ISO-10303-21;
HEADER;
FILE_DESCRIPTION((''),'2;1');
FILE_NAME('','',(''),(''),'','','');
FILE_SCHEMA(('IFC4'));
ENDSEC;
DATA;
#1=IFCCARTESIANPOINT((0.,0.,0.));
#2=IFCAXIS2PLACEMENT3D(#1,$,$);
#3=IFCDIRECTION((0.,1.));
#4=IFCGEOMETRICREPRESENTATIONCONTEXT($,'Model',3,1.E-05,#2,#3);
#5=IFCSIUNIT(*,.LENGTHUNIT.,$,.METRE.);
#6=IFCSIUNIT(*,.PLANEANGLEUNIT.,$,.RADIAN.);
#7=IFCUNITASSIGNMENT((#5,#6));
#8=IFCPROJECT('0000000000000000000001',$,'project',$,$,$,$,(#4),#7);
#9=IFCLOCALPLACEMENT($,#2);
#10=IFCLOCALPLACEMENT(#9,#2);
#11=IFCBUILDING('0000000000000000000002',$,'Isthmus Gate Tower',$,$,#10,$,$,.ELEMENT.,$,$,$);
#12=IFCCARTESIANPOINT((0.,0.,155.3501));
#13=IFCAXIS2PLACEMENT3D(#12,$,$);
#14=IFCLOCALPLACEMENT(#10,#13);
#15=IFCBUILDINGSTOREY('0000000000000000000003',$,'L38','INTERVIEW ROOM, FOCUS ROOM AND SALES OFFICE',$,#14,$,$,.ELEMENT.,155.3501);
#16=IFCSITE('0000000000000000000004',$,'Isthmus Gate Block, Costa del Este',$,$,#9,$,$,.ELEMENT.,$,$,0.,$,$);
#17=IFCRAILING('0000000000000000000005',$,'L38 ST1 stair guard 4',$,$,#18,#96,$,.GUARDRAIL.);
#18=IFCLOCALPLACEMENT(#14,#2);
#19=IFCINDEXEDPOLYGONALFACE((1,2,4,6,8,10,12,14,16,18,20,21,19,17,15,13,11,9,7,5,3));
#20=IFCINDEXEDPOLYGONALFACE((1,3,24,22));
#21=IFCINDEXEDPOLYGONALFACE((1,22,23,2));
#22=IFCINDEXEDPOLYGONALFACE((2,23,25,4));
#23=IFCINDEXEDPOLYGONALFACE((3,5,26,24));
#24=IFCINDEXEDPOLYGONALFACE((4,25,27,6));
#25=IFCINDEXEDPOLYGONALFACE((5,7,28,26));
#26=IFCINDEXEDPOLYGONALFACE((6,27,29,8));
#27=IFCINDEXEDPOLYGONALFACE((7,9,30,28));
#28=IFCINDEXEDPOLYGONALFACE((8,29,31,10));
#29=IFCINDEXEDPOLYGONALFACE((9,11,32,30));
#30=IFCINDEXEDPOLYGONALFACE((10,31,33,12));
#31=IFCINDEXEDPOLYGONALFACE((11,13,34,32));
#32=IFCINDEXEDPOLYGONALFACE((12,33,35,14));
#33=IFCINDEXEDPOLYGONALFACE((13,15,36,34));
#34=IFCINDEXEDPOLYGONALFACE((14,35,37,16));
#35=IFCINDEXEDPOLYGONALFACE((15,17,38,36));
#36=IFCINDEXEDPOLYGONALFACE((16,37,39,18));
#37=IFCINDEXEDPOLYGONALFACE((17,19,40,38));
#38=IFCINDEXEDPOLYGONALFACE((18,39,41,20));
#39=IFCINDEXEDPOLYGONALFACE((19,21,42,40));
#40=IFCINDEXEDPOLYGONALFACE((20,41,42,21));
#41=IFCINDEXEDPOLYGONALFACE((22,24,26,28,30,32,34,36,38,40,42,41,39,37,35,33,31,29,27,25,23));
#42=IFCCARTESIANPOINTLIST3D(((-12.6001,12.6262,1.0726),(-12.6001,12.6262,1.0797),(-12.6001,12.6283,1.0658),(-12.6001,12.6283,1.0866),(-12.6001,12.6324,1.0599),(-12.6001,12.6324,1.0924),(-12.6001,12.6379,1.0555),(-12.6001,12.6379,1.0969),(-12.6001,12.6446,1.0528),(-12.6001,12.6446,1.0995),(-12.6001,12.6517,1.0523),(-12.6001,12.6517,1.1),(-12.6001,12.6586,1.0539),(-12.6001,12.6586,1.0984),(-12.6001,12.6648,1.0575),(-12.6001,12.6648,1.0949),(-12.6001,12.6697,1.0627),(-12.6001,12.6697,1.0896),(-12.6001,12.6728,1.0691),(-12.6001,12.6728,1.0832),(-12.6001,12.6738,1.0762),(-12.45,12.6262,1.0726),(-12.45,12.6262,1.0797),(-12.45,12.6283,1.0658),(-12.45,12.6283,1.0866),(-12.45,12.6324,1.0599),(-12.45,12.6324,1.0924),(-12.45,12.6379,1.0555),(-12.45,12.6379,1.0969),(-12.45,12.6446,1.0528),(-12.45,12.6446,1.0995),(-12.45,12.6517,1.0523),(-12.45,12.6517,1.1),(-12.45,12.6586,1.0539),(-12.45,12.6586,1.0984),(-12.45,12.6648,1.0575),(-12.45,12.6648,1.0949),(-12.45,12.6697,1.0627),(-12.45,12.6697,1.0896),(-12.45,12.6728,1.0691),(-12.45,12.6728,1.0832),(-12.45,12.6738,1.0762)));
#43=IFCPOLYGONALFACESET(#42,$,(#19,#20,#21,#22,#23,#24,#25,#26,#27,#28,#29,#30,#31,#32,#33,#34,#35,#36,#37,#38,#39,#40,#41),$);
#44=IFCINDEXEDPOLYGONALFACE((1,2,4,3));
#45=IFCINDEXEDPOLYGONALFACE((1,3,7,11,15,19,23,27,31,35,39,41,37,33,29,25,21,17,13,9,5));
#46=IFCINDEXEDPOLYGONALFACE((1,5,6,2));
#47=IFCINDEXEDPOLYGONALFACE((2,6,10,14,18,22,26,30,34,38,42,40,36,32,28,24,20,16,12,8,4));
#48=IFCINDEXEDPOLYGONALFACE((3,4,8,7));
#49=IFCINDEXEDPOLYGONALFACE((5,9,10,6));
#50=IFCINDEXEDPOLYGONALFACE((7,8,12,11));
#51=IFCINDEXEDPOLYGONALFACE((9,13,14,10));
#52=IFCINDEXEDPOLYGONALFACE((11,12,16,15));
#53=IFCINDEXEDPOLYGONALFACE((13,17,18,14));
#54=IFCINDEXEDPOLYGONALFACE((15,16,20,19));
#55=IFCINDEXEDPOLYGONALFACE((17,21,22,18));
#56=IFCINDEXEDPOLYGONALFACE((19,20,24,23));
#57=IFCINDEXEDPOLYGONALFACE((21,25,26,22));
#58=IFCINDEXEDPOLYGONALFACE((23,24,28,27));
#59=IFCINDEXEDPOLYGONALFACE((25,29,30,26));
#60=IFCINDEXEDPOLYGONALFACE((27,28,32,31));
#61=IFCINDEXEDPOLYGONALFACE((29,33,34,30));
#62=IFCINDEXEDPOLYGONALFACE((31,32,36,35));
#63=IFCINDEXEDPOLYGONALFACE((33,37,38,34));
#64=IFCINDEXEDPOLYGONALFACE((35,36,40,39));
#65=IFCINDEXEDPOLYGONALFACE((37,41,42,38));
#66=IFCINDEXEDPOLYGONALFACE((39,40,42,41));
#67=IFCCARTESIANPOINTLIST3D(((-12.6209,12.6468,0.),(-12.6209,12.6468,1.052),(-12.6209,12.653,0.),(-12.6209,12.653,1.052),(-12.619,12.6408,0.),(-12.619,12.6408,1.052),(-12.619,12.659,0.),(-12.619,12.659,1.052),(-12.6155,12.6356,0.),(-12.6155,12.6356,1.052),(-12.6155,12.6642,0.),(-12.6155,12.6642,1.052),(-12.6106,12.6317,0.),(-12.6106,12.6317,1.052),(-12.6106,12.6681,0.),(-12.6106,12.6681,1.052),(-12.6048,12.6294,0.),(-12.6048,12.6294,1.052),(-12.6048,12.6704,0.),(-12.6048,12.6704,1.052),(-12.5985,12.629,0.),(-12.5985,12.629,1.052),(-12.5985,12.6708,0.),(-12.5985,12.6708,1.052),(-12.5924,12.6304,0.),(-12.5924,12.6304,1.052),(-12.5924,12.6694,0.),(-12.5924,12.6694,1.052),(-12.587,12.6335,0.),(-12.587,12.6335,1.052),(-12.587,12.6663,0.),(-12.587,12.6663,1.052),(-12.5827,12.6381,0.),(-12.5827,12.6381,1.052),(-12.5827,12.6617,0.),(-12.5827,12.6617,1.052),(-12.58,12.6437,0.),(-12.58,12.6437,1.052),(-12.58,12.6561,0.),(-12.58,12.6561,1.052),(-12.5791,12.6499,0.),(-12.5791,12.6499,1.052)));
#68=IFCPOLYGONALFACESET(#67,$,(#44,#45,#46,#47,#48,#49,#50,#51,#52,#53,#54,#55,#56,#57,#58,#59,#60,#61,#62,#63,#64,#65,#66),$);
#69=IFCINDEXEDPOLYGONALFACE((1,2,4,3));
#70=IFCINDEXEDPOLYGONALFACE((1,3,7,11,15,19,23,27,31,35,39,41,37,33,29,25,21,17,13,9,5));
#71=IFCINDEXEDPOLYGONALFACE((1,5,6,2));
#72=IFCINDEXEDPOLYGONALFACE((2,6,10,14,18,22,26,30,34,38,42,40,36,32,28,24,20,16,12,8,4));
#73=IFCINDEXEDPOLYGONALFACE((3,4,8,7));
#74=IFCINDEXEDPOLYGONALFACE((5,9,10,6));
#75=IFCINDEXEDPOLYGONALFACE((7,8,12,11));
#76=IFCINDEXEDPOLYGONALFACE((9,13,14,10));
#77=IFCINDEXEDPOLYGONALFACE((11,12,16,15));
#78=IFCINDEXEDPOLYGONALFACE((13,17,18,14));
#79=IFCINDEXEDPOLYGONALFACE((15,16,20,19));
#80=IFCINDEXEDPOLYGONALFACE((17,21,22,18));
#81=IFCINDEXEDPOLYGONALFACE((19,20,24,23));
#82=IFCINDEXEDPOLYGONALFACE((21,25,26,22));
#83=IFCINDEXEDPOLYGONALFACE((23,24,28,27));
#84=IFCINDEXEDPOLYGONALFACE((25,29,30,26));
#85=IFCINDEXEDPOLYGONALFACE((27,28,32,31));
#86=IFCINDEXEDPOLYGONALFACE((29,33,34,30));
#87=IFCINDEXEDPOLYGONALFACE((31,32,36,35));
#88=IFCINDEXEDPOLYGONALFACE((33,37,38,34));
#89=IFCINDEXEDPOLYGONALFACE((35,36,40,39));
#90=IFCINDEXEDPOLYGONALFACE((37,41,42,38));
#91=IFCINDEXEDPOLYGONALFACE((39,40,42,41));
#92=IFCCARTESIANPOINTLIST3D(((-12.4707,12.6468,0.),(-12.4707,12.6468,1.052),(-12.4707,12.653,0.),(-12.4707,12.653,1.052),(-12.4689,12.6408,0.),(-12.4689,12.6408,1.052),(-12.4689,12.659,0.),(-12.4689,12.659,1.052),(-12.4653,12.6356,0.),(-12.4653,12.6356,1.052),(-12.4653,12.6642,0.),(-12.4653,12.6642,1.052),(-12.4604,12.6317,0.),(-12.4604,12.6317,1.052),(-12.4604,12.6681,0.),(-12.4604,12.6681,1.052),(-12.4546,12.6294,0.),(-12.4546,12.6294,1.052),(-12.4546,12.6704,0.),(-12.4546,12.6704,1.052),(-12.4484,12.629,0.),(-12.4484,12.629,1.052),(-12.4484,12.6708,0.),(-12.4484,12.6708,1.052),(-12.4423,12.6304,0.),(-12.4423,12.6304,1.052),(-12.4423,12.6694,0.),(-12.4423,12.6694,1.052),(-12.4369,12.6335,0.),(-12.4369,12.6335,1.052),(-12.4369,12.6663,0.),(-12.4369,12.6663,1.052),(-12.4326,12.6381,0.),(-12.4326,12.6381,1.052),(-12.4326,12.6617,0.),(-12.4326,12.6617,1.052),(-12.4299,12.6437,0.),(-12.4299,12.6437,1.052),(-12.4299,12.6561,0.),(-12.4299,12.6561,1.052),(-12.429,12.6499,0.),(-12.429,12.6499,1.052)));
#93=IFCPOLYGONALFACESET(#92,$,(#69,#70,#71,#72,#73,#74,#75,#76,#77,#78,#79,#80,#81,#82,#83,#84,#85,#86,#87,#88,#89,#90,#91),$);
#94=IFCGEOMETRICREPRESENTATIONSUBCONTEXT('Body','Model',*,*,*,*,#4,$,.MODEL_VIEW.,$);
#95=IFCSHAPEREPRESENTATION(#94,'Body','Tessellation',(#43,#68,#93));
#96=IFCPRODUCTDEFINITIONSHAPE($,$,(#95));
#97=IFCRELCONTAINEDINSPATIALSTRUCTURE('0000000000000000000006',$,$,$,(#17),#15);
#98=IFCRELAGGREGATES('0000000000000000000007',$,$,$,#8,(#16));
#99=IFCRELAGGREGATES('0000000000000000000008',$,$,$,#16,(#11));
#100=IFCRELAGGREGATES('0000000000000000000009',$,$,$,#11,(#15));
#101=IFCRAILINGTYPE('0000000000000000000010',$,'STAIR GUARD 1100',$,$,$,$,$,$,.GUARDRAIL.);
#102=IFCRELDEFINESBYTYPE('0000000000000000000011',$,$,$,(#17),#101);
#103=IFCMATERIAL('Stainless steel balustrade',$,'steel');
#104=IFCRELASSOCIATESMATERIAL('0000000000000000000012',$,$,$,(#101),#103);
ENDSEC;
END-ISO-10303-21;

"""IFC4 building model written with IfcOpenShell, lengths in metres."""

from ifc_helpers import new_model, si_unit, direction, frame, origin, origin_2d, place, context, subcontext, project, spatial, circle, extrude, material, type_object, element, save


model = new_model("IFC4")

# Units and contexts
model_context = context("Model", 3, precision=1e-05, world=origin(), true_north=direction((0.0, 1.0)))
body_context = subcontext(model_context, "Body", "Model", "MODEL_VIEW")
ifc_project = project(units=[si_unit("LENGTHUNIT", "METRE"), si_unit("PLANEANGLEUNIT", "RADIAN")], contexts=[model_context])

# Site, building, storey
site_placement = place(None, origin())
site = spatial("IfcSite", under=ifc_project, at=site_placement, Name="Isthmus Gate Block, Costa del Este", CompositionType="ELEMENT", RefElevation=0.0)
building_placement = place(site_placement, origin())
building = spatial("IfcBuilding", under=site, at=building_placement, Name="Isthmus Gate Tower", CompositionType="ELEMENT")
storey_placement = place(building_placement, frame((0.0, 0.0, 155.3501)))
storey = spatial("IfcBuildingStorey", under=building, at=storey_placement, Name="L38", Description="INTERVIEW ROOM, FOCUS ROOM AND SALES OFFICE", CompositionType="ELEMENT", Elevation=155.3501)

# Railing
ifc_material_1 = material(Name="Stainless steel balustrade", Category="steel")
railing_type_1 = type_object("IfcRailingType", Name="STAIR GUARD 1100", PredefinedType="GUARDRAIL", material=ifc_material_1)
railing_1_placement = place(storey_placement, frame((-12.6001, 12.6499, 0.0)))
element("IfcRailing", 1, at=railing_1_placement, inside=storey, type_object=railing_type_1, Name="L38 ST1 stair guard 4", PredefinedType="GUARDRAIL", context=body_context, shape_type="SweptSolid", body=[
    extrude(circle(Radius=0.0239, at=origin_2d()), frame((0.0, 0.0, 1.0762), z_axis=(1.0, 0.0, 0.0), x_axis=(0.0, 1.0, 0.0)), (0.0, 0.0, 1.0), 0.1501),
    extrude(circle(Radius=0.021, at=origin_2d()), origin(), (0.0, 0.0, 1.0), 1.052),
    extrude(circle(Radius=0.021, at=origin_2d()), frame((0.1501, 0.0, 0.0)), (0.0, 0.0, 1.0), 1.052),
])

save(model, "model.ifc")
